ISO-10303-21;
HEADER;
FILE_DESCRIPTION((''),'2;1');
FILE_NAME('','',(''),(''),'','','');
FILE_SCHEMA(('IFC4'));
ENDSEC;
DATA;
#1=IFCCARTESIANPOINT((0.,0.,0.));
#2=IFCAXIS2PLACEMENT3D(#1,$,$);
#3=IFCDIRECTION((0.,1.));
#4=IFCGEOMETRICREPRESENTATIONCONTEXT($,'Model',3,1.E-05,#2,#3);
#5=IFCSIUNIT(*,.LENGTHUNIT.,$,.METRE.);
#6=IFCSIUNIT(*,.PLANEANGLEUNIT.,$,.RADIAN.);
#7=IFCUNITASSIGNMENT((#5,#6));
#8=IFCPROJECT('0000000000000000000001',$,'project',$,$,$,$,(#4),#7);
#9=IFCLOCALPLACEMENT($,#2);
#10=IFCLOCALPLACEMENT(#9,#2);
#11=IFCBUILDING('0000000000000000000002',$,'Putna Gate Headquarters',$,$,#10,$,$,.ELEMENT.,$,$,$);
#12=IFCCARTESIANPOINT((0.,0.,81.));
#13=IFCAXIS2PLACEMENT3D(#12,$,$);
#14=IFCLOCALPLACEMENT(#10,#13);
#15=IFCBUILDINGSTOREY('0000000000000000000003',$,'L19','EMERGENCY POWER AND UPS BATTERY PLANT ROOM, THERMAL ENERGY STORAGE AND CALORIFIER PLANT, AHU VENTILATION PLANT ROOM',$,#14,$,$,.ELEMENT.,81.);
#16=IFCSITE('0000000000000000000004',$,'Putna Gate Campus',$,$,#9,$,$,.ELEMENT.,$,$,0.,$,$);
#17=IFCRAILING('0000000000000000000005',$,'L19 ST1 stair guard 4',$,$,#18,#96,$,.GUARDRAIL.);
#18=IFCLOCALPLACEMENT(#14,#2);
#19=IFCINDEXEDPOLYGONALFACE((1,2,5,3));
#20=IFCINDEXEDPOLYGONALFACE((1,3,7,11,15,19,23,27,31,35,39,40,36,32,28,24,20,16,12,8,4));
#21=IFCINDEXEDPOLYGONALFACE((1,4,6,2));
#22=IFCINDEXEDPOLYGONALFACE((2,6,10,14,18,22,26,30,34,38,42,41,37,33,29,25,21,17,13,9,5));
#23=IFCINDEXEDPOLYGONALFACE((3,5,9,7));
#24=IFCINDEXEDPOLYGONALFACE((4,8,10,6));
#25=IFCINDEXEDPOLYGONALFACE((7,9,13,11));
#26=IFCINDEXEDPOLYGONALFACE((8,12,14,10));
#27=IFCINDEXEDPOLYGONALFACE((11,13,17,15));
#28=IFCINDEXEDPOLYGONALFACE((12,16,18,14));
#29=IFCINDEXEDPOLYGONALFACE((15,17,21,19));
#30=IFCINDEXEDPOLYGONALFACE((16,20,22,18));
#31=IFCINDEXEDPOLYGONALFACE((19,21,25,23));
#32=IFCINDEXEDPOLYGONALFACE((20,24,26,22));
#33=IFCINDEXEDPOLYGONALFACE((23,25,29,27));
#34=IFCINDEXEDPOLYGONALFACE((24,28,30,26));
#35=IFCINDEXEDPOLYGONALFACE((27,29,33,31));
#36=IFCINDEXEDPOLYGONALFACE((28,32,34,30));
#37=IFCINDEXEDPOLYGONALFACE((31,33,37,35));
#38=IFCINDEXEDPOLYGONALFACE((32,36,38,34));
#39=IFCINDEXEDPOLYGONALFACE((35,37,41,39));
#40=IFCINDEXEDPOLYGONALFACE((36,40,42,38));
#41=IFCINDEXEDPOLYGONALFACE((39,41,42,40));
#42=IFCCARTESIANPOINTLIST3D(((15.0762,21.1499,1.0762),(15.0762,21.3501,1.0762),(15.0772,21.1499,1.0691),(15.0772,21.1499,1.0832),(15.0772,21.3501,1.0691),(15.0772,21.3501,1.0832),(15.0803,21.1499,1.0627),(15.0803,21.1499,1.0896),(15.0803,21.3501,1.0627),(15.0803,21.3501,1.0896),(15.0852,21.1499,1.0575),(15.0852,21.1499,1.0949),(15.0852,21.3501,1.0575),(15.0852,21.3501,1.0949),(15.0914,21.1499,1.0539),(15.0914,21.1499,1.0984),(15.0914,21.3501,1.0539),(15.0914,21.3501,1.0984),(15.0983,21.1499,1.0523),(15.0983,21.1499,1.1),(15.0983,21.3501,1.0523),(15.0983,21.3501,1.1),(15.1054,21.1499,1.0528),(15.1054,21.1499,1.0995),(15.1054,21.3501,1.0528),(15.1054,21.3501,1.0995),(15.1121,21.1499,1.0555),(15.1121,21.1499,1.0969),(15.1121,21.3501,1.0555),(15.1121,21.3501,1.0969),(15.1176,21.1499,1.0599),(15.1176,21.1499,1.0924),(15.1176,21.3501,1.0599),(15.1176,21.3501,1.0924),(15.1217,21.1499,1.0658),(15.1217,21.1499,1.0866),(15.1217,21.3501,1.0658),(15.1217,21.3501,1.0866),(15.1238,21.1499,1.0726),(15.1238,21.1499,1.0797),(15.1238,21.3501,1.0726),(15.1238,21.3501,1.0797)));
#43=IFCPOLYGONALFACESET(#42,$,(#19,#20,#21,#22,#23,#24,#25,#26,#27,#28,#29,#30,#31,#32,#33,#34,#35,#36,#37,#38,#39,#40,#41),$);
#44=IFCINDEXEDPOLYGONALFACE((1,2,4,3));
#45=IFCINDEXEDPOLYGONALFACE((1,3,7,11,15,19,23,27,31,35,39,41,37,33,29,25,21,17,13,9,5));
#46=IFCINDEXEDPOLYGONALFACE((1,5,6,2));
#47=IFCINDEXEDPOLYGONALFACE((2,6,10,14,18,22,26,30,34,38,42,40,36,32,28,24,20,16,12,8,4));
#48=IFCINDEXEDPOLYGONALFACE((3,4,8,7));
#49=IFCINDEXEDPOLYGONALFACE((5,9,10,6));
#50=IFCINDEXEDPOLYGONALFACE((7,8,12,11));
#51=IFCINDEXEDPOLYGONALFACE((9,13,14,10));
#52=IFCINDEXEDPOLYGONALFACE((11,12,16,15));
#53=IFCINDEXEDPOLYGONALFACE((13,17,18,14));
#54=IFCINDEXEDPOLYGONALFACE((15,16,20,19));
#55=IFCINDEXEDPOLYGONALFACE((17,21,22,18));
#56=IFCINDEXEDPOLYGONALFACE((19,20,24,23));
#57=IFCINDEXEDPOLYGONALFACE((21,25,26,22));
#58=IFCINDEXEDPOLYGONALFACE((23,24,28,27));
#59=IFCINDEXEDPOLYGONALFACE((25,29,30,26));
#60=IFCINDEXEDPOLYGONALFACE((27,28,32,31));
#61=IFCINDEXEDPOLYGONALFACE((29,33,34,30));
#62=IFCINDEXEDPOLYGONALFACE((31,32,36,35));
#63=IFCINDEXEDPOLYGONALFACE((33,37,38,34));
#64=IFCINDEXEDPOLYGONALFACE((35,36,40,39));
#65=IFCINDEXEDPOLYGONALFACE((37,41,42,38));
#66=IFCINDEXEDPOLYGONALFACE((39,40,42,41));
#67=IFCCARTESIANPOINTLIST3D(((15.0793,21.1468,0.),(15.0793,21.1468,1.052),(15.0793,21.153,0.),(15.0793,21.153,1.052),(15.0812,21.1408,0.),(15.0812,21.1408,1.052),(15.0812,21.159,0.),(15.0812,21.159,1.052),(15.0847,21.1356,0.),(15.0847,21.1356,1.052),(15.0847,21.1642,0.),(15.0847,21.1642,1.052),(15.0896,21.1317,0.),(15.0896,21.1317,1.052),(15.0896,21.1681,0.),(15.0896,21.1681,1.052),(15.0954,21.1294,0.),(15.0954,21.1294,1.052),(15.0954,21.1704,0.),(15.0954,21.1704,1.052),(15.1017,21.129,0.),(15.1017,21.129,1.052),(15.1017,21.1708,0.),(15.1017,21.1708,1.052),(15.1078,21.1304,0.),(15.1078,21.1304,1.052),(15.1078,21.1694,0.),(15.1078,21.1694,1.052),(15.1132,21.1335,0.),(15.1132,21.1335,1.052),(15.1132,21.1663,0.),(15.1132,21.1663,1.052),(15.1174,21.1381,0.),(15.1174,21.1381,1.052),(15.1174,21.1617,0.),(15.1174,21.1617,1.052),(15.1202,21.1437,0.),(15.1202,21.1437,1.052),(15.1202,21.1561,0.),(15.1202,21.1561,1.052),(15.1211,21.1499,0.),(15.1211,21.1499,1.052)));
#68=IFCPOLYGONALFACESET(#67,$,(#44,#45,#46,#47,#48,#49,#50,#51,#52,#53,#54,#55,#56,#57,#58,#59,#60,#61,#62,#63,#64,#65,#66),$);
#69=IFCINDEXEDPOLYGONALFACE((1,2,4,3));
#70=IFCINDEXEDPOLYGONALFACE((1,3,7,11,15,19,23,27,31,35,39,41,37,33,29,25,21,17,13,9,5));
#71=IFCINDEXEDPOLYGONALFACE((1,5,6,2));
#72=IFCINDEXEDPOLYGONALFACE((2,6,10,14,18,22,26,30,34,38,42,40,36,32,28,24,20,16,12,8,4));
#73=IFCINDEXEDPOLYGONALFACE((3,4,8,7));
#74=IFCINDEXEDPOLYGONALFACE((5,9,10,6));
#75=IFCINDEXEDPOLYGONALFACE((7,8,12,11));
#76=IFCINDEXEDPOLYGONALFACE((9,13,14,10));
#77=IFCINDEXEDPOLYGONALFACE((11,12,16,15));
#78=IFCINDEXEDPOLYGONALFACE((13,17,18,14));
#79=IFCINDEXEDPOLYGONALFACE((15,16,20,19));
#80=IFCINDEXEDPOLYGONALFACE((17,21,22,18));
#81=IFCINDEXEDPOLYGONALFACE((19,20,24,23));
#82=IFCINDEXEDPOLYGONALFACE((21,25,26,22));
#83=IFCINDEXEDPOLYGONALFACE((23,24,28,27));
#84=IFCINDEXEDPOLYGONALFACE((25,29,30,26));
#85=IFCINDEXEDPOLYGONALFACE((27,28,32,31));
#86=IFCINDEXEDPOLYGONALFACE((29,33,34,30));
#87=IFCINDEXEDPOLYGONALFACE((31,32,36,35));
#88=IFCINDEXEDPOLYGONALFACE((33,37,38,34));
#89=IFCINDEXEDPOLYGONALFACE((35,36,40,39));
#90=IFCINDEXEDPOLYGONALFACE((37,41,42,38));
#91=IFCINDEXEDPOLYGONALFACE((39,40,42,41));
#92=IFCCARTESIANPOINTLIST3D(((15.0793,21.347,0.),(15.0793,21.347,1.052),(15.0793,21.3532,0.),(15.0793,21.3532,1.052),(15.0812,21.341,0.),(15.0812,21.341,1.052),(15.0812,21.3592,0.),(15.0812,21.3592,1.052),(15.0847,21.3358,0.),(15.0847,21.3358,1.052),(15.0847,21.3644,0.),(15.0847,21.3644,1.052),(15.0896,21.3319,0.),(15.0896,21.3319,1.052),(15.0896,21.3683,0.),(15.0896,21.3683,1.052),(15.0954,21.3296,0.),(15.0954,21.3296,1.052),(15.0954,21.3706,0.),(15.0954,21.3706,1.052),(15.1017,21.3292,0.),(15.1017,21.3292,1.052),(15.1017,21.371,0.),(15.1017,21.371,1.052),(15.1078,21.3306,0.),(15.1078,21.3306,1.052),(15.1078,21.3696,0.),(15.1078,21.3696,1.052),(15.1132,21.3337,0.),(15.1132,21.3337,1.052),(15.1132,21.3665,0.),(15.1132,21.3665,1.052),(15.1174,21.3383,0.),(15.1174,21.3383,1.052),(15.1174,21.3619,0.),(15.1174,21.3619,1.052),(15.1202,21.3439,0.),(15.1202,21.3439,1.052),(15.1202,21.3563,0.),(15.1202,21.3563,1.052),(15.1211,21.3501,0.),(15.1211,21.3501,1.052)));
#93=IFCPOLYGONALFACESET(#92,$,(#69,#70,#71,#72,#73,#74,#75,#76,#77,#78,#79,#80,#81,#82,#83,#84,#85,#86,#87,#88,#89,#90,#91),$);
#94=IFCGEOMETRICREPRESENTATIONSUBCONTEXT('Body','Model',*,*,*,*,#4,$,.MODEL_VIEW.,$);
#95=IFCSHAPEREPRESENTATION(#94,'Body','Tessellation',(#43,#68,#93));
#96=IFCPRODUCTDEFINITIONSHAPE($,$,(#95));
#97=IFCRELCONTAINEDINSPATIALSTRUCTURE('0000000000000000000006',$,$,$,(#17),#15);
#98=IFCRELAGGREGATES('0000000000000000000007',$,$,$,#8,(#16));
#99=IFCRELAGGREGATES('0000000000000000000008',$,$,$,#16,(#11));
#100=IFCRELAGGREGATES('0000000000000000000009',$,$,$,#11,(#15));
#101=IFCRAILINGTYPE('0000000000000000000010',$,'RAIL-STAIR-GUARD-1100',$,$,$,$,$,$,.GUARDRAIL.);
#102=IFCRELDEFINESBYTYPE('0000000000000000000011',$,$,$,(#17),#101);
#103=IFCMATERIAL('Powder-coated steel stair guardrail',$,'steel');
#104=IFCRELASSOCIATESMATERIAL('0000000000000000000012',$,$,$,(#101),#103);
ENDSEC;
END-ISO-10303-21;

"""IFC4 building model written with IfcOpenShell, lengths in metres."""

from ifc_helpers import new_model, si_unit, direction, frame, origin, origin_2d, place, context, subcontext, project, spatial, circle, extrude, material, type_object, element, save


model = new_model("IFC4")

# Units and contexts
model_context = context("Model", 3, precision=1e-05, world=origin(), true_north=direction((0.0, 1.0)))
body_context = subcontext(model_context, "Body", "Model", "MODEL_VIEW")
ifc_project = project(units=[si_unit("LENGTHUNIT", "METRE"), si_unit("PLANEANGLEUNIT", "RADIAN")], contexts=[model_context])

# Site, building, storey
site_placement = place(None, origin())
site = spatial("IfcSite", under=ifc_project, at=site_placement, Name="Putna Gate Campus", CompositionType="ELEMENT", RefElevation=0.0)
building_placement = place(site_placement, origin())
building = spatial("IfcBuilding", under=site, at=building_placement, Name="Putna Gate Headquarters", CompositionType="ELEMENT")
storey_placement = place(building_placement, frame((0.0, 0.0, 81.0)))
storey = spatial("IfcBuildingStorey", under=building, at=storey_placement, Name="L19", Description="EMERGENCY POWER AND UPS BATTERY PLANT ROOM, THERMAL ENERGY STORAGE AND CALORIFIER PLANT, AHU VENTILATION PLANT ROOM", CompositionType="ELEMENT", Elevation=81.0)

# Railing
ifc_material_1 = material(Name="Powder-coated steel stair guardrail", Category="steel")
railing_type_1 = type_object("IfcRailingType", Name="RAIL-STAIR-GUARD-1100", PredefinedType="GUARDRAIL", material=ifc_material_1)
railing_1_placement = place(storey_placement, frame((15.1001, 21.1499, 0.0)))
element("IfcRailing", 1, at=railing_1_placement, inside=storey, type_object=railing_type_1, Name="L19 ST1 stair guard 4", PredefinedType="GUARDRAIL", context=body_context, shape_type="SweptSolid", body=[
    extrude(circle(Radius=0.0239, at=origin_2d()), frame((0.0, 0.0, 1.0762), z_axis=(0.0, 1.0, 0.0), x_axis=(-1.0, 0.0, 0.0)), (0.0, 0.0, 1.0), 0.2002),
    extrude(circle(Radius=0.021, at=origin_2d()), origin(), (0.0, 0.0, 1.0), 1.052),
    extrude(circle(Radius=0.021, at=origin_2d()), frame((0.0, 0.2002, 0.0)), (0.0, 0.0, 1.0), 1.052),
])

save(model, "model.ifc")
